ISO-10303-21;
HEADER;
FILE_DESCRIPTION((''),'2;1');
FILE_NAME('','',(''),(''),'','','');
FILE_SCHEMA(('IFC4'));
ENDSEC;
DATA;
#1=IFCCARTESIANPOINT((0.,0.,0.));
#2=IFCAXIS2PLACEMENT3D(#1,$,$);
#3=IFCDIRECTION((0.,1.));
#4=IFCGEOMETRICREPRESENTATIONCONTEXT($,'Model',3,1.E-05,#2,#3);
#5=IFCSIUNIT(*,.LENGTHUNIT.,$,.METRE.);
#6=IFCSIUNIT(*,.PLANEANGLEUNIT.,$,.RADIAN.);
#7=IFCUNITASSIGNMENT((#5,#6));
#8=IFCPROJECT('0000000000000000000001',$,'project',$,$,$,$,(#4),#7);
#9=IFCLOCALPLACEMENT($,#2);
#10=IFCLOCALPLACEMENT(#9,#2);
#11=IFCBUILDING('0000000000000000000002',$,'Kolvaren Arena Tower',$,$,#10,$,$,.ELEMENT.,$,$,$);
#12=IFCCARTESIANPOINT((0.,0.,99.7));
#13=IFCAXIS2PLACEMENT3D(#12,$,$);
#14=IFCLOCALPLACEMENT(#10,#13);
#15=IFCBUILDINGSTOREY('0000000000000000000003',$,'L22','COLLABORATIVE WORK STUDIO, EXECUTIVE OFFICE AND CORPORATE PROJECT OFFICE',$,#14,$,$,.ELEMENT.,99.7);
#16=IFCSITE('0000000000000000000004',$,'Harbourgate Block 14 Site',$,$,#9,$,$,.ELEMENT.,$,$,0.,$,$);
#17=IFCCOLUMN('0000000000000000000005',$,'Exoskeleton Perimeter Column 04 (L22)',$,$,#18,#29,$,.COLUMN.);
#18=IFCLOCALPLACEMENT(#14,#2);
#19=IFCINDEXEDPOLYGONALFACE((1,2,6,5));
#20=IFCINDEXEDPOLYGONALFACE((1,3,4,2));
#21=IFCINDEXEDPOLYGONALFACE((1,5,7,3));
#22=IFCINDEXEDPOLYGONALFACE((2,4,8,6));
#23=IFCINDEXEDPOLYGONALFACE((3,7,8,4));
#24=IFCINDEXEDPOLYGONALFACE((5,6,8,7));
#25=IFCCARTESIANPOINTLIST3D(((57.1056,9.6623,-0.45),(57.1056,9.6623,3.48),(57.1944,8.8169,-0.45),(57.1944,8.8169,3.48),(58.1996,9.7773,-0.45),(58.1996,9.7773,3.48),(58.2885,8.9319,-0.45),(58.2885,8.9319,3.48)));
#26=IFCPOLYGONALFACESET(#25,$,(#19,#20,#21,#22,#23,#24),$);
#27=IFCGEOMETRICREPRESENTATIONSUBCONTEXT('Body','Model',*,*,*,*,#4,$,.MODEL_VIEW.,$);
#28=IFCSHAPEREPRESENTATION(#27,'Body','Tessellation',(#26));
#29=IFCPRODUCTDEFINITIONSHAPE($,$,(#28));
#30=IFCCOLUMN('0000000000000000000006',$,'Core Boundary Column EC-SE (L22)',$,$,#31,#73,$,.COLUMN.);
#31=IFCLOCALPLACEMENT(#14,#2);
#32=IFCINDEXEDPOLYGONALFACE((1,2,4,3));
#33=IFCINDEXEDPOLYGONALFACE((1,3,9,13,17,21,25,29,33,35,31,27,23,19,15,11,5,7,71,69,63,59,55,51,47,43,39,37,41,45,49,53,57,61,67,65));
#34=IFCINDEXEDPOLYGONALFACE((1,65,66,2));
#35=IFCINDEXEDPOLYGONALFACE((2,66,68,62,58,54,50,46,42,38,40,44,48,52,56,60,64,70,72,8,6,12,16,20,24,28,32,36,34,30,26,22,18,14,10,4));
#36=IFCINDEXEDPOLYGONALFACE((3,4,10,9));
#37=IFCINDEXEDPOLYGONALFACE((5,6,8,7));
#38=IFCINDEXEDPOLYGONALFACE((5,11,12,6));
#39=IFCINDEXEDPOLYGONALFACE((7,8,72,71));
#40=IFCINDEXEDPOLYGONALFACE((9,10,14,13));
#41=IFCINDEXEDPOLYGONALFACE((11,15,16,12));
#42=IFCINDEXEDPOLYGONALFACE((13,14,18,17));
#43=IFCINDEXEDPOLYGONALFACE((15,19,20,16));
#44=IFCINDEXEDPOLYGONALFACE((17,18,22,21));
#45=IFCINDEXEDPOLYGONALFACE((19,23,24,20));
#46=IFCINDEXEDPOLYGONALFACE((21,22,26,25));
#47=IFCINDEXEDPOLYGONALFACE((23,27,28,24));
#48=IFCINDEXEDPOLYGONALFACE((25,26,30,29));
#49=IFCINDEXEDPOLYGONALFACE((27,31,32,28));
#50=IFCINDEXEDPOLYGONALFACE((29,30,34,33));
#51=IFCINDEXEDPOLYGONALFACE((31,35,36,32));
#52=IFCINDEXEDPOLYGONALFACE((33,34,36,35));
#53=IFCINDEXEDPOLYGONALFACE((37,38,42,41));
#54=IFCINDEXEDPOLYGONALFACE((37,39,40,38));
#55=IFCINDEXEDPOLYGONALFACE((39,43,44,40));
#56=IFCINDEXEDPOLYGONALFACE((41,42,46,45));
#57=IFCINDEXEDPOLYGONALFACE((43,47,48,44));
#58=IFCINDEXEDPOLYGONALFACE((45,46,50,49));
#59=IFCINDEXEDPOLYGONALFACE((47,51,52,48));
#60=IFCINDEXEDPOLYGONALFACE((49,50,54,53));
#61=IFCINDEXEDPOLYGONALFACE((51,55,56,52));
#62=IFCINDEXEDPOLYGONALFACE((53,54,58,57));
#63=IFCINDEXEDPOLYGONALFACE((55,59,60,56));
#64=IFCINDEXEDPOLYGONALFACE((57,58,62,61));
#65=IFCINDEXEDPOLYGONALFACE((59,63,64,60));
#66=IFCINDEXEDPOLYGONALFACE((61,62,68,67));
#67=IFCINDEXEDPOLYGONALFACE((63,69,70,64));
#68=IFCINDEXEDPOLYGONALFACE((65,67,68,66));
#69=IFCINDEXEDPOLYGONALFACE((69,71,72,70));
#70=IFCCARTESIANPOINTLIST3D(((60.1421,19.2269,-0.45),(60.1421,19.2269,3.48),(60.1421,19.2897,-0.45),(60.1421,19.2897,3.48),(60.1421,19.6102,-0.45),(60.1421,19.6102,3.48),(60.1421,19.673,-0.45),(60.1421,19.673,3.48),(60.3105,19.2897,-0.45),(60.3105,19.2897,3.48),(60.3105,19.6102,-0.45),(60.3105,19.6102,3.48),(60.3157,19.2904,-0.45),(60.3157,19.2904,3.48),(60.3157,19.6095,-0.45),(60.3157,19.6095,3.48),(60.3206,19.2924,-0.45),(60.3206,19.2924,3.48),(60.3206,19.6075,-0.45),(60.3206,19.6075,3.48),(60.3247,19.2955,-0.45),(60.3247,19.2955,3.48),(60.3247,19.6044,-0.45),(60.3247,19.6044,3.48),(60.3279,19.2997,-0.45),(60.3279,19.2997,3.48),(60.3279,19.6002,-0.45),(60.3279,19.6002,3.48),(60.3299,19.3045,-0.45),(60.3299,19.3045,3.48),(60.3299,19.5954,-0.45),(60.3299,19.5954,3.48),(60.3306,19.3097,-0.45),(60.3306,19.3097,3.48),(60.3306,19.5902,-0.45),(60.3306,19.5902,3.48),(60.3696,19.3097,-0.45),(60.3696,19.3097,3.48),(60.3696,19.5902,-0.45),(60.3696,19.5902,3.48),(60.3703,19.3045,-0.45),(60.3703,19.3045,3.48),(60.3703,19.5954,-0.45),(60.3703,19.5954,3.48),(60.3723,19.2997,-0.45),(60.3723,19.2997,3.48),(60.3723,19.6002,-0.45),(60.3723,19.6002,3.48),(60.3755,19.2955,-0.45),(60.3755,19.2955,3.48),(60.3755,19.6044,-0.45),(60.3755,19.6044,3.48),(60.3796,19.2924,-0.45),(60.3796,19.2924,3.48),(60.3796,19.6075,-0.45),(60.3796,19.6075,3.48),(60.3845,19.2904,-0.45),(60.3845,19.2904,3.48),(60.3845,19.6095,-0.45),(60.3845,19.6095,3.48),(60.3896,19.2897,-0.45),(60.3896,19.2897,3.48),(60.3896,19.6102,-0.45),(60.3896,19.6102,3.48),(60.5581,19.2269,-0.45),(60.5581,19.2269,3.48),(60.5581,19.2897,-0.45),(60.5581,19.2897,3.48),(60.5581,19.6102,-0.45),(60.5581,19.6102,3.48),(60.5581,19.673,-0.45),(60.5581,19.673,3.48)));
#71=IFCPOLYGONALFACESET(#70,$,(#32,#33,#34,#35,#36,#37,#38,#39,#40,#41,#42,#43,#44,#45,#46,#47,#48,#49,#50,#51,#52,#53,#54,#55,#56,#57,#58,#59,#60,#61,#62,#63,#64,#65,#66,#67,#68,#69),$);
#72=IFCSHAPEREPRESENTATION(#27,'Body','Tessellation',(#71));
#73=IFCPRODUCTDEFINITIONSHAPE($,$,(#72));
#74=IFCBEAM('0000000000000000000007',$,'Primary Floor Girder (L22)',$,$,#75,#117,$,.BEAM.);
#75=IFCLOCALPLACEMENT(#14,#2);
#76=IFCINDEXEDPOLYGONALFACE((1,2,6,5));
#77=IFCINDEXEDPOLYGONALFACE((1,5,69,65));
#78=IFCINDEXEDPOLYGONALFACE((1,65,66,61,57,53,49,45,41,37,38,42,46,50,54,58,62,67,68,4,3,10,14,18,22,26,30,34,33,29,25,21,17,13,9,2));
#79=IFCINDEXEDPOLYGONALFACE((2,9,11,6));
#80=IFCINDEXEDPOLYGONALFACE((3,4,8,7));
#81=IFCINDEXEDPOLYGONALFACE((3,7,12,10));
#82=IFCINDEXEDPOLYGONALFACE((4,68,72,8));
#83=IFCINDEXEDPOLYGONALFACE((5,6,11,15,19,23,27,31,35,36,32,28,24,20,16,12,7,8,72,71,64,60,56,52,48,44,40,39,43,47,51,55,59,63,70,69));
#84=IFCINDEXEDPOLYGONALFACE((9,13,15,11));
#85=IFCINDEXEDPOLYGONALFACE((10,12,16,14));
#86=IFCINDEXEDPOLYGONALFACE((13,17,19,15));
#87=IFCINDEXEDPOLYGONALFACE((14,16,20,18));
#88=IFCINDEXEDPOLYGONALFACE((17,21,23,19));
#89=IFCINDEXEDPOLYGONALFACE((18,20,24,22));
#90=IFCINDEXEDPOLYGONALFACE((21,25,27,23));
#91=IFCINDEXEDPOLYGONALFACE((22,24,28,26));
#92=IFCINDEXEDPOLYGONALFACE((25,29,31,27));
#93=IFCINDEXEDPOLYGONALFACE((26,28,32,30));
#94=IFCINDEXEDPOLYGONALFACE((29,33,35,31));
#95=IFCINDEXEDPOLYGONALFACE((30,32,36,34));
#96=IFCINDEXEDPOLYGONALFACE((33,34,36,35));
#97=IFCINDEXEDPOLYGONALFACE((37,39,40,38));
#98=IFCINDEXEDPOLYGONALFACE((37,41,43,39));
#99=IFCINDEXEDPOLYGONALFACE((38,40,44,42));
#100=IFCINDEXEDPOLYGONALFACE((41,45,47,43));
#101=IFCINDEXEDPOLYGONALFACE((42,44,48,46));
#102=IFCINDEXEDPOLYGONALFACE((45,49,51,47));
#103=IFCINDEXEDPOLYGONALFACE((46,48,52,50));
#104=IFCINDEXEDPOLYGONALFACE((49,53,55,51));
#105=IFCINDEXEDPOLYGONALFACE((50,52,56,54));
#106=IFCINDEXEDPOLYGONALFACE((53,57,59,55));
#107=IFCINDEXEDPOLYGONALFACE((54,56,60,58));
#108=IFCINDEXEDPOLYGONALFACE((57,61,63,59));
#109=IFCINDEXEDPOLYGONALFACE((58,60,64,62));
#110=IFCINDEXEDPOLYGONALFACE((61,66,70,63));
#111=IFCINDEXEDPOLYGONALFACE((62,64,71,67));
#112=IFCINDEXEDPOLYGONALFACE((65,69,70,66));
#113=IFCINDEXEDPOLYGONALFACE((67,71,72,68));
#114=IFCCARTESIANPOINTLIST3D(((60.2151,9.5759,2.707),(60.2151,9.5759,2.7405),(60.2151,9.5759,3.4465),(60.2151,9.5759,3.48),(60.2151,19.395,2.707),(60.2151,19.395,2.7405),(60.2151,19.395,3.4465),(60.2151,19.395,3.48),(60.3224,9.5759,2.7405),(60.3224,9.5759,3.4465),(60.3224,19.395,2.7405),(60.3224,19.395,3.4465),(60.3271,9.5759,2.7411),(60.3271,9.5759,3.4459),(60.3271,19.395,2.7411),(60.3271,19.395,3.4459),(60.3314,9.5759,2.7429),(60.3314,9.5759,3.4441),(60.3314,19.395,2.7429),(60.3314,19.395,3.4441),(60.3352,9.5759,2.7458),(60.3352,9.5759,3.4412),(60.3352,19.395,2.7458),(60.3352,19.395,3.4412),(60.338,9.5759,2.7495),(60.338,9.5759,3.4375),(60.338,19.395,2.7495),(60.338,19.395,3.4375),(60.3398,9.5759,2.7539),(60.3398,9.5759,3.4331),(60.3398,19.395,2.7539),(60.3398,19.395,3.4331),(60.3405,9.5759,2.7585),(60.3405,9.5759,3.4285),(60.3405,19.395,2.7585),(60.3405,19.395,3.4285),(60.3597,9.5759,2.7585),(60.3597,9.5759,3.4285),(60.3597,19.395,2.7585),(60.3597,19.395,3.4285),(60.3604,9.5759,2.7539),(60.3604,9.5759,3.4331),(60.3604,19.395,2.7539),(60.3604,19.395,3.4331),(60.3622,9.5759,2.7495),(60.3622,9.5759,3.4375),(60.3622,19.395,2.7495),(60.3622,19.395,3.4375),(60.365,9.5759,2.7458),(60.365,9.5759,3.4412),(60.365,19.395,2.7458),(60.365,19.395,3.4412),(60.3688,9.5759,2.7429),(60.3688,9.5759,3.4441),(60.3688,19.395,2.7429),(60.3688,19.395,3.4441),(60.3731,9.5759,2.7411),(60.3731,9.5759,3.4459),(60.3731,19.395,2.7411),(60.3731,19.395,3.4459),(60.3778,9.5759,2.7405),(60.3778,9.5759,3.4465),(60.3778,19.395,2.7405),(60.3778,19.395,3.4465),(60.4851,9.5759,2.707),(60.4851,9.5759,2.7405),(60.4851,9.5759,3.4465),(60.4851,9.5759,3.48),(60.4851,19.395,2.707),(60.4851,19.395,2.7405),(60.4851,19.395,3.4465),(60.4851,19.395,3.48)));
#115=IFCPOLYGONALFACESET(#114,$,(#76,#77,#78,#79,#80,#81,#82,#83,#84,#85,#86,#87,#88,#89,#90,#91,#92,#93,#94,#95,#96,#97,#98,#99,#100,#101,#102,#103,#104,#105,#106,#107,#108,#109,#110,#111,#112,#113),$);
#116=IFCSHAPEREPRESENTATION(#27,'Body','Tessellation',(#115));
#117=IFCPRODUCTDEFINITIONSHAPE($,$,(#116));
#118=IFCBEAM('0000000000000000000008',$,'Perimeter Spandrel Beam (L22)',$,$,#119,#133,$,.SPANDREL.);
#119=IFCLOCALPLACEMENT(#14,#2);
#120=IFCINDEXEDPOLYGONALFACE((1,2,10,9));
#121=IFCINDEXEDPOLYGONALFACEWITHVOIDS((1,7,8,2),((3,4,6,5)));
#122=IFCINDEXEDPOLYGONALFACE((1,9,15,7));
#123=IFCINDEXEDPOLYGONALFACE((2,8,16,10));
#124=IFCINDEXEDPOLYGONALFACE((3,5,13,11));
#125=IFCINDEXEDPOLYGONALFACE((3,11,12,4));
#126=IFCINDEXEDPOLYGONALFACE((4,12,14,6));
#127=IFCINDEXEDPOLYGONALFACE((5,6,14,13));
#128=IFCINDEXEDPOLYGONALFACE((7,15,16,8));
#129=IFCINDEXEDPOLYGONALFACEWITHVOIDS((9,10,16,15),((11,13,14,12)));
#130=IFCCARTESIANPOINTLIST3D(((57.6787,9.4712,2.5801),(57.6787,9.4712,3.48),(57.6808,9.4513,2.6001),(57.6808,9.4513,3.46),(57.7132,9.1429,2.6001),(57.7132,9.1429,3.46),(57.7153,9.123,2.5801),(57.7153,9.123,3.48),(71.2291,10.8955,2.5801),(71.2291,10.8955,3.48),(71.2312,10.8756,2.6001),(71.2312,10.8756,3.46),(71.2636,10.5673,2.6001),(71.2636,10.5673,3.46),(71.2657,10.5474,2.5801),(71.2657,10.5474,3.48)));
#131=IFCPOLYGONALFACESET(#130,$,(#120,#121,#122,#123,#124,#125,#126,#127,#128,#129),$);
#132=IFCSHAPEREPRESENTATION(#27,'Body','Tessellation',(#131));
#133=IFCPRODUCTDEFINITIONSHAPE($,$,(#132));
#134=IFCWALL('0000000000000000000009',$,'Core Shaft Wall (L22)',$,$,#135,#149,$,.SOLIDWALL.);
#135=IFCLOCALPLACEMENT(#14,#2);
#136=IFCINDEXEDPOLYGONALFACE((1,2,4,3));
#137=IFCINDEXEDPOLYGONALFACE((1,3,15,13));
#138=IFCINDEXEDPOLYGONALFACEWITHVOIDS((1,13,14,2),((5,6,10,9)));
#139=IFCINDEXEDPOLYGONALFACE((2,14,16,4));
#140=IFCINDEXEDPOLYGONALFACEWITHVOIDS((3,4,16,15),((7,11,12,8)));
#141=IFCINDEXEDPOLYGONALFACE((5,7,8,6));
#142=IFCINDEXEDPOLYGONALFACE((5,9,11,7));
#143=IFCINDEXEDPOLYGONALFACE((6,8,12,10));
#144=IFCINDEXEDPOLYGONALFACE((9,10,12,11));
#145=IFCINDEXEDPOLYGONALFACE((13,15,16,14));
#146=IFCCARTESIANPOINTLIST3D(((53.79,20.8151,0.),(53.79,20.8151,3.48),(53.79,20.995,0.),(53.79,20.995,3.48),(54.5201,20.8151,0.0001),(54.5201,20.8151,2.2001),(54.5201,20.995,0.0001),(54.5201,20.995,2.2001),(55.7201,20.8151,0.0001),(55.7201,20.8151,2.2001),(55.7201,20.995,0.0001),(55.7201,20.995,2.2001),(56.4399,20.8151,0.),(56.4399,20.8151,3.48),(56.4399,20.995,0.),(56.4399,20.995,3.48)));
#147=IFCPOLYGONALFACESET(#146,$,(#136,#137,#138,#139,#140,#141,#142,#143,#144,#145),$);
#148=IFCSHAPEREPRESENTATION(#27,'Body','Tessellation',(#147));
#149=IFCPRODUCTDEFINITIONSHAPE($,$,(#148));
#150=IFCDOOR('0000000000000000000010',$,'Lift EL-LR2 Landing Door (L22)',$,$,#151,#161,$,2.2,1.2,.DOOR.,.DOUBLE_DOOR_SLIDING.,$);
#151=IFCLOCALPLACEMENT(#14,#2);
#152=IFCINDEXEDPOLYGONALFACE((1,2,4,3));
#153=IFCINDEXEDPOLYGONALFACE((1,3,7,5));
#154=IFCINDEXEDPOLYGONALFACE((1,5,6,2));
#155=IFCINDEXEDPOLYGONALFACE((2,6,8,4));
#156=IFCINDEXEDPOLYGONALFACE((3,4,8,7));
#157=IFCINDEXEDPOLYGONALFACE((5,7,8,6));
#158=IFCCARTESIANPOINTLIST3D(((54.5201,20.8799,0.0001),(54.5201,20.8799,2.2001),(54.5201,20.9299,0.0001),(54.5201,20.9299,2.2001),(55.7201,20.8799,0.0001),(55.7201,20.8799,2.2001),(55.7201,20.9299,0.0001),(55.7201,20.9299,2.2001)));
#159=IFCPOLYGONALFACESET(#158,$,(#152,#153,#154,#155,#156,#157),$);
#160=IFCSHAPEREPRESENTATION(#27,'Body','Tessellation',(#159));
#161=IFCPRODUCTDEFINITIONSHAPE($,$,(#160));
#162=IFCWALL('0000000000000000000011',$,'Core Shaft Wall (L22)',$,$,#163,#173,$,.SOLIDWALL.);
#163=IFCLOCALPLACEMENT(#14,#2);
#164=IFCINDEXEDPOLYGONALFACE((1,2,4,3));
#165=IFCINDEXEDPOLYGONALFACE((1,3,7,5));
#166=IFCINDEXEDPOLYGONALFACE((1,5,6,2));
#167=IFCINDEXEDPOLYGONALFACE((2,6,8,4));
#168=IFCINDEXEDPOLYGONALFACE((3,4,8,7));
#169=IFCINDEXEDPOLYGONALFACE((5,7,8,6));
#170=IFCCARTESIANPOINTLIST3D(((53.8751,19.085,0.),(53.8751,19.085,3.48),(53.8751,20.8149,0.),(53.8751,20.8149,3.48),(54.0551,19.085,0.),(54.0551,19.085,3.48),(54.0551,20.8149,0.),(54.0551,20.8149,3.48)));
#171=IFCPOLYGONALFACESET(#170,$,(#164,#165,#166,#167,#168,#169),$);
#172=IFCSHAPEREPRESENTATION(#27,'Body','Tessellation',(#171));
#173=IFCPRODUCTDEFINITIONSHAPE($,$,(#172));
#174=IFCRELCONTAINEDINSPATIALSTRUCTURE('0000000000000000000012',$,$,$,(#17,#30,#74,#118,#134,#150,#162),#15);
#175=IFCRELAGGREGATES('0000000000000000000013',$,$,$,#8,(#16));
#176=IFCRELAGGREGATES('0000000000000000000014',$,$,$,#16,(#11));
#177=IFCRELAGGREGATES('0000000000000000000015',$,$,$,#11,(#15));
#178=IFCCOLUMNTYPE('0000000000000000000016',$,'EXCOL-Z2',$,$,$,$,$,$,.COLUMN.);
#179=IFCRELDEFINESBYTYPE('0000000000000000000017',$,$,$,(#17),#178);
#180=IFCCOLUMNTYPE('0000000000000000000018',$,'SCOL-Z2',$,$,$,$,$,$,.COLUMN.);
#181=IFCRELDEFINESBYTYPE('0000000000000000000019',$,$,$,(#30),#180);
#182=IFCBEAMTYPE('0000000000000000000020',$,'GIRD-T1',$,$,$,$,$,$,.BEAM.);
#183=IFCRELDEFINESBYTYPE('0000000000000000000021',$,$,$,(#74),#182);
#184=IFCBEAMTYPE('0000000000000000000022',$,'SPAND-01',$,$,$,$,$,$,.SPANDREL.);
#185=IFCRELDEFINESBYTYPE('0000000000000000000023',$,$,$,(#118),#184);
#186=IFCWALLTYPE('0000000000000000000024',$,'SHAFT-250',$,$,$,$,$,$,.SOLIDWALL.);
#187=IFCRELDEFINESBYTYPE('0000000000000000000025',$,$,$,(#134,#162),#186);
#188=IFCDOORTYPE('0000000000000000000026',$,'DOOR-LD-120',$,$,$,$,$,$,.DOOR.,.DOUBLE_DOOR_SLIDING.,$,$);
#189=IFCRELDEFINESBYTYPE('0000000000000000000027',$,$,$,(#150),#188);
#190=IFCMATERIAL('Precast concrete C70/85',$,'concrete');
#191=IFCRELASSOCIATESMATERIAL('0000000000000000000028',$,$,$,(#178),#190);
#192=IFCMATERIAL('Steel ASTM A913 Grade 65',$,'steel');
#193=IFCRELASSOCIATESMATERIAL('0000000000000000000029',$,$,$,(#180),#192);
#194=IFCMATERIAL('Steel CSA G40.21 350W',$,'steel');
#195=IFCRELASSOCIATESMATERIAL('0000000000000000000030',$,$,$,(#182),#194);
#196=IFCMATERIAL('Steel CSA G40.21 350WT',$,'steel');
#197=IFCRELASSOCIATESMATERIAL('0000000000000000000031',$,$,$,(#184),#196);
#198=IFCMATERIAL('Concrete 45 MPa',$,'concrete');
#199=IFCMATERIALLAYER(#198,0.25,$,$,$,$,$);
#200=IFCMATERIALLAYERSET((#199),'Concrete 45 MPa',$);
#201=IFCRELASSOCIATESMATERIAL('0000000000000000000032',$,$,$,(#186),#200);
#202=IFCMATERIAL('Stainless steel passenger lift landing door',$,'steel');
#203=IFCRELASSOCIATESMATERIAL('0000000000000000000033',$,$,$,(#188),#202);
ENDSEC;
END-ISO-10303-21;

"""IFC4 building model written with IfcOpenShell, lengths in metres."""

from ifc_helpers import new_model, si_unit, direction, frame, frame_2d, origin, origin_2d, place, context, subcontext, project, spatial, rectangle, hollow_rectangle, i_section, extrude, material, layer, layer_set, material_profile, profile_set, type_object, element, fill, save


model = new_model("IFC4")

# Units and contexts
model_context = context("Model", 3, precision=1e-05, world=origin(), true_north=direction((0.0, 1.0)))
body_context = subcontext(model_context, "Body", "Model", "MODEL_VIEW")
ifc_project = project(units=[si_unit("LENGTHUNIT", "METRE"), si_unit("PLANEANGLEUNIT", "RADIAN")], contexts=[model_context])

# Site, building, storey
site_placement = place(None, origin())
site = spatial("IfcSite", under=ifc_project, at=site_placement, Name="Harbourgate Block 14 Site", CompositionType="ELEMENT", RefElevation=0.0)
building_placement = place(site_placement, origin())
building = spatial("IfcBuilding", under=site, at=building_placement, Name="Kolvaren Arena Tower", CompositionType="ELEMENT")
storey_placement = place(building_placement, frame((0.0, 0.0, 99.7)))
storey = spatial("IfcBuildingStorey", under=building, at=storey_placement, Name="L22", Description="COLLABORATIVE WORK STUDIO, EXECUTIVE OFFICE AND CORPORATE PROJECT OFFICE", CompositionType="ELEMENT", Elevation=99.7)

# Columns
ifc_material_1 = material(Name="Precast concrete C70/85", Category="concrete")
ifc_material_profile_1 = material_profile(ifc_material_1, rectangle(XDim=1.1001, YDim=0.8501, at=origin_2d()), Name="RC-1100x850")
ifc_profile_set_1 = profile_set([ifc_material_profile_1], Name="Precast concrete C70/85")
column_type_1 = type_object("IfcColumnType", Name="EXCOL-Z2", PredefinedType="COLUMN", material=ifc_profile_set_1)
column_1_placement = place(storey_placement, frame((57.697, 9.2971, -0.45), z_axis=(0.0, 0.0, 1.0), x_axis=(0.994522, 0.104528, 0.0)))
element("IfcColumn", 1, at=column_1_placement, inside=storey, type_object=column_type_1, Name="Exoskeleton Perimeter Column 04 (L22)", PredefinedType="COLUMN", context=body_context, shape_type="SweptSolid", body=[
    extrude(rectangle(XDim=1.1001, YDim=0.8501, at=origin_2d()), origin(), (0.0, 0.0, 1.0), 3.9299),
])
ifc_material_2 = material(Name="Steel ASTM A913 Grade 65", Category="steel")
ifc_material_profile_2 = material_profile(ifc_material_2, i_section(OverallWidth=0.416, OverallDepth=0.446, WebThickness=0.0391, FlangeThickness=0.0627, FilletRadius=0.02, at=origin_2d()), Name="W360x509")
ifc_profile_set_2 = profile_set([ifc_material_profile_2], Name="Steel ASTM A913 Grade 65")
column_type_2 = type_object("IfcColumnType", Name="SCOL-Z2", PredefinedType="COLUMN", material=ifc_profile_set_2)
column_2_placement = place(storey_placement, frame((60.3501, 19.45, -0.45), z_axis=(0.0, 0.0, 1.0), x_axis=(1.0, 0.0, 0.0)))
element("IfcColumn", 2, at=column_2_placement, inside=storey, type_object=column_type_2, Name="Core Boundary Column EC-SE (L22)", PredefinedType="COLUMN", context=body_context, shape_type="SweptSolid", body=[
    extrude(i_section(OverallWidth=0.416, OverallDepth=0.446, WebThickness=0.0391, FlangeThickness=0.0627, FilletRadius=0.02, at=origin_2d()), origin(), (0.0, 0.0, 1.0), 3.9299),
])

# Beams
ifc_material_3 = material(Name="Steel CSA G40.21 350W", Category="steel")
ifc_material_profile_3 = material_profile(ifc_material_3, i_section(OverallWidth=0.27, OverallDepth=0.7729, WebThickness=0.0193, FlangeThickness=0.0334, FilletRadius=0.0181, at=origin_2d()), Name="W760x257")
ifc_profile_set_3 = profile_set([ifc_material_profile_3], Name="Steel CSA G40.21 350W")
beam_type_1 = type_object("IfcBeamType", Name="GIRD-T1", PredefinedType="BEAM", material=ifc_profile_set_3)
beam_1_placement = place(storey_placement, frame((60.3501, 9.5759, 3.0935), z_axis=(0.0, 1.0, 0.0), x_axis=(-1.0, 0.0, 0.0)))
element("IfcBeam", 3, at=beam_1_placement, inside=storey, type_object=beam_type_1, Name="Primary Floor Girder (L22)", PredefinedType="BEAM", context=body_context, shape_type="SweptSolid", body=[
    extrude(i_section(OverallWidth=0.27, OverallDepth=0.7729, WebThickness=0.0193, FlangeThickness=0.0334, FilletRadius=0.0181, at=origin_2d()), origin(), (0.0, 0.0, 1.0), 9.8191),
])
ifc_material_4 = material(Name="Steel CSA G40.21 350WT", Category="steel")
ifc_material_profile_4 = material_profile(ifc_material_4, hollow_rectangle(XDim=0.3501, YDim=0.8999, WallThickness=0.02, at=origin_2d()), Name="HSS 900x350x20")
ifc_profile_set_4 = profile_set([ifc_material_profile_4], Name="Steel CSA G40.21 350WT")
beam_type_2 = type_object("IfcBeamType", Name="SPAND-01", PredefinedType="SPANDREL", material=ifc_profile_set_4)
beam_2_placement = place(storey_placement, frame((57.697, 9.2971, 3.03), z_axis=(0.994521, 0.104537, 0.0), x_axis=(-0.104537, 0.994521, 0.0)))
element("IfcBeam", 4, at=beam_2_placement, inside=storey, type_object=beam_type_2, Name="Perimeter Spandrel Beam (L22)", PredefinedType="SPANDREL", context=body_context, shape_type="SweptSolid", body=[
    extrude(hollow_rectangle(XDim=0.3501, YDim=0.8999, WallThickness=0.02, at=origin_2d()), origin(), (0.0, 0.0, 1.0), 13.625),
])

# Wall, opening, door
ifc_material_5 = material(Name="Concrete 45 MPa", Category="concrete")
ifc_layer_1 = layer(ifc_material_5, 0.25)
ifc_layer_set_1 = layer_set([ifc_layer_1], Name="Concrete 45 MPa")
wall_type_1 = type_object("IfcWallType", Name="SHAFT-250", PredefinedType="SOLIDWALL", material=ifc_layer_set_1)
wall_1_placement = place(storey_placement, frame((53.79, 20.905, 0.0), z_axis=(0.0, 0.0, 1.0), x_axis=(1.0, 0.0, 0.0)))
wall_1 = element("IfcWall", 5, at=wall_1_placement, inside=storey, type_object=wall_type_1, Name="Core Shaft Wall (L22)", PredefinedType="SOLIDWALL", context=body_context, shape_type="SweptSolid", body=[
    extrude(rectangle(XDim=2.6499, YDim=0.1799, at=frame_2d((1.325, 0.0))), origin(), (0.0, 0.0, 1.0), 3.48),
])
opening_1_placement = place(wall_1_placement, frame((0.73, 0.0, 0.0)))
opening_1 = element("IfcOpeningElement", 6, at=opening_1_placement, cuts=wall_1, PredefinedType="OPENING", context=body_context, shape_type="SweptSolid", body=[
    extrude(rectangle(XDim=1.2, YDim=2.2, at=frame_2d((0.6001, 1.1001))), frame((0.0, 0.0999, 0.0), z_axis=(0.0, -1.0, 0.0), x_axis=(1.0, 0.0, 0.0)), (0.0, 0.0, 1.0), 0.2),
])
ifc_material_6 = material(Name="Stainless steel passenger lift landing door", Category="steel")
door_type = type_object("IfcDoorType", Name="DOOR-LD-120", OperationType="DOUBLE_DOOR_SLIDING", PredefinedType="DOOR", material=ifc_material_6)
door_1_placement = place(opening_1_placement, origin())
door_1 = element("IfcDoor", 7, at=door_1_placement, inside=storey, type_object=door_type, Name="Lift EL-LR2 Landing Door (L22)", OperationType="DOUBLE_DOOR_SLIDING", OverallHeight=2.2, OverallWidth=1.2, PredefinedType="DOOR", context=body_context, shape_type="SweptSolid", body=[
    extrude(rectangle(XDim=1.2, YDim=2.2, at=frame_2d((0.6001, 1.1001))), frame((0.0, 0.0249, 0.0), z_axis=(0.0, -1.0, 0.0), x_axis=(1.0, 0.0, 0.0)), (0.0, 0.0, 1.0), 0.05),
])
fill(opening_1, door_1)

# Wall
for number, where, z_axis, x_axis, name in (
    (8, (53.9651, 19.085, 0.0), (0.0, 0.0, 1.0), (0.0, 1.0, 0.0), "Core Shaft Wall (L22)"),
):
    element("IfcWall", number, at=place(storey_placement, frame(where, z_axis=z_axis, x_axis=x_axis)), inside=storey, type_object=wall_type_1, Name=name, PredefinedType="SOLIDWALL", context=body_context, shape_type="SweptSolid", body=[
        extrude(rectangle(XDim=1.73, YDim=0.1799, at=frame_2d((0.865, 0.0))), origin(), (0.0, 0.0, 1.0), 3.48),
    ])

save(model, "model.ifc")
